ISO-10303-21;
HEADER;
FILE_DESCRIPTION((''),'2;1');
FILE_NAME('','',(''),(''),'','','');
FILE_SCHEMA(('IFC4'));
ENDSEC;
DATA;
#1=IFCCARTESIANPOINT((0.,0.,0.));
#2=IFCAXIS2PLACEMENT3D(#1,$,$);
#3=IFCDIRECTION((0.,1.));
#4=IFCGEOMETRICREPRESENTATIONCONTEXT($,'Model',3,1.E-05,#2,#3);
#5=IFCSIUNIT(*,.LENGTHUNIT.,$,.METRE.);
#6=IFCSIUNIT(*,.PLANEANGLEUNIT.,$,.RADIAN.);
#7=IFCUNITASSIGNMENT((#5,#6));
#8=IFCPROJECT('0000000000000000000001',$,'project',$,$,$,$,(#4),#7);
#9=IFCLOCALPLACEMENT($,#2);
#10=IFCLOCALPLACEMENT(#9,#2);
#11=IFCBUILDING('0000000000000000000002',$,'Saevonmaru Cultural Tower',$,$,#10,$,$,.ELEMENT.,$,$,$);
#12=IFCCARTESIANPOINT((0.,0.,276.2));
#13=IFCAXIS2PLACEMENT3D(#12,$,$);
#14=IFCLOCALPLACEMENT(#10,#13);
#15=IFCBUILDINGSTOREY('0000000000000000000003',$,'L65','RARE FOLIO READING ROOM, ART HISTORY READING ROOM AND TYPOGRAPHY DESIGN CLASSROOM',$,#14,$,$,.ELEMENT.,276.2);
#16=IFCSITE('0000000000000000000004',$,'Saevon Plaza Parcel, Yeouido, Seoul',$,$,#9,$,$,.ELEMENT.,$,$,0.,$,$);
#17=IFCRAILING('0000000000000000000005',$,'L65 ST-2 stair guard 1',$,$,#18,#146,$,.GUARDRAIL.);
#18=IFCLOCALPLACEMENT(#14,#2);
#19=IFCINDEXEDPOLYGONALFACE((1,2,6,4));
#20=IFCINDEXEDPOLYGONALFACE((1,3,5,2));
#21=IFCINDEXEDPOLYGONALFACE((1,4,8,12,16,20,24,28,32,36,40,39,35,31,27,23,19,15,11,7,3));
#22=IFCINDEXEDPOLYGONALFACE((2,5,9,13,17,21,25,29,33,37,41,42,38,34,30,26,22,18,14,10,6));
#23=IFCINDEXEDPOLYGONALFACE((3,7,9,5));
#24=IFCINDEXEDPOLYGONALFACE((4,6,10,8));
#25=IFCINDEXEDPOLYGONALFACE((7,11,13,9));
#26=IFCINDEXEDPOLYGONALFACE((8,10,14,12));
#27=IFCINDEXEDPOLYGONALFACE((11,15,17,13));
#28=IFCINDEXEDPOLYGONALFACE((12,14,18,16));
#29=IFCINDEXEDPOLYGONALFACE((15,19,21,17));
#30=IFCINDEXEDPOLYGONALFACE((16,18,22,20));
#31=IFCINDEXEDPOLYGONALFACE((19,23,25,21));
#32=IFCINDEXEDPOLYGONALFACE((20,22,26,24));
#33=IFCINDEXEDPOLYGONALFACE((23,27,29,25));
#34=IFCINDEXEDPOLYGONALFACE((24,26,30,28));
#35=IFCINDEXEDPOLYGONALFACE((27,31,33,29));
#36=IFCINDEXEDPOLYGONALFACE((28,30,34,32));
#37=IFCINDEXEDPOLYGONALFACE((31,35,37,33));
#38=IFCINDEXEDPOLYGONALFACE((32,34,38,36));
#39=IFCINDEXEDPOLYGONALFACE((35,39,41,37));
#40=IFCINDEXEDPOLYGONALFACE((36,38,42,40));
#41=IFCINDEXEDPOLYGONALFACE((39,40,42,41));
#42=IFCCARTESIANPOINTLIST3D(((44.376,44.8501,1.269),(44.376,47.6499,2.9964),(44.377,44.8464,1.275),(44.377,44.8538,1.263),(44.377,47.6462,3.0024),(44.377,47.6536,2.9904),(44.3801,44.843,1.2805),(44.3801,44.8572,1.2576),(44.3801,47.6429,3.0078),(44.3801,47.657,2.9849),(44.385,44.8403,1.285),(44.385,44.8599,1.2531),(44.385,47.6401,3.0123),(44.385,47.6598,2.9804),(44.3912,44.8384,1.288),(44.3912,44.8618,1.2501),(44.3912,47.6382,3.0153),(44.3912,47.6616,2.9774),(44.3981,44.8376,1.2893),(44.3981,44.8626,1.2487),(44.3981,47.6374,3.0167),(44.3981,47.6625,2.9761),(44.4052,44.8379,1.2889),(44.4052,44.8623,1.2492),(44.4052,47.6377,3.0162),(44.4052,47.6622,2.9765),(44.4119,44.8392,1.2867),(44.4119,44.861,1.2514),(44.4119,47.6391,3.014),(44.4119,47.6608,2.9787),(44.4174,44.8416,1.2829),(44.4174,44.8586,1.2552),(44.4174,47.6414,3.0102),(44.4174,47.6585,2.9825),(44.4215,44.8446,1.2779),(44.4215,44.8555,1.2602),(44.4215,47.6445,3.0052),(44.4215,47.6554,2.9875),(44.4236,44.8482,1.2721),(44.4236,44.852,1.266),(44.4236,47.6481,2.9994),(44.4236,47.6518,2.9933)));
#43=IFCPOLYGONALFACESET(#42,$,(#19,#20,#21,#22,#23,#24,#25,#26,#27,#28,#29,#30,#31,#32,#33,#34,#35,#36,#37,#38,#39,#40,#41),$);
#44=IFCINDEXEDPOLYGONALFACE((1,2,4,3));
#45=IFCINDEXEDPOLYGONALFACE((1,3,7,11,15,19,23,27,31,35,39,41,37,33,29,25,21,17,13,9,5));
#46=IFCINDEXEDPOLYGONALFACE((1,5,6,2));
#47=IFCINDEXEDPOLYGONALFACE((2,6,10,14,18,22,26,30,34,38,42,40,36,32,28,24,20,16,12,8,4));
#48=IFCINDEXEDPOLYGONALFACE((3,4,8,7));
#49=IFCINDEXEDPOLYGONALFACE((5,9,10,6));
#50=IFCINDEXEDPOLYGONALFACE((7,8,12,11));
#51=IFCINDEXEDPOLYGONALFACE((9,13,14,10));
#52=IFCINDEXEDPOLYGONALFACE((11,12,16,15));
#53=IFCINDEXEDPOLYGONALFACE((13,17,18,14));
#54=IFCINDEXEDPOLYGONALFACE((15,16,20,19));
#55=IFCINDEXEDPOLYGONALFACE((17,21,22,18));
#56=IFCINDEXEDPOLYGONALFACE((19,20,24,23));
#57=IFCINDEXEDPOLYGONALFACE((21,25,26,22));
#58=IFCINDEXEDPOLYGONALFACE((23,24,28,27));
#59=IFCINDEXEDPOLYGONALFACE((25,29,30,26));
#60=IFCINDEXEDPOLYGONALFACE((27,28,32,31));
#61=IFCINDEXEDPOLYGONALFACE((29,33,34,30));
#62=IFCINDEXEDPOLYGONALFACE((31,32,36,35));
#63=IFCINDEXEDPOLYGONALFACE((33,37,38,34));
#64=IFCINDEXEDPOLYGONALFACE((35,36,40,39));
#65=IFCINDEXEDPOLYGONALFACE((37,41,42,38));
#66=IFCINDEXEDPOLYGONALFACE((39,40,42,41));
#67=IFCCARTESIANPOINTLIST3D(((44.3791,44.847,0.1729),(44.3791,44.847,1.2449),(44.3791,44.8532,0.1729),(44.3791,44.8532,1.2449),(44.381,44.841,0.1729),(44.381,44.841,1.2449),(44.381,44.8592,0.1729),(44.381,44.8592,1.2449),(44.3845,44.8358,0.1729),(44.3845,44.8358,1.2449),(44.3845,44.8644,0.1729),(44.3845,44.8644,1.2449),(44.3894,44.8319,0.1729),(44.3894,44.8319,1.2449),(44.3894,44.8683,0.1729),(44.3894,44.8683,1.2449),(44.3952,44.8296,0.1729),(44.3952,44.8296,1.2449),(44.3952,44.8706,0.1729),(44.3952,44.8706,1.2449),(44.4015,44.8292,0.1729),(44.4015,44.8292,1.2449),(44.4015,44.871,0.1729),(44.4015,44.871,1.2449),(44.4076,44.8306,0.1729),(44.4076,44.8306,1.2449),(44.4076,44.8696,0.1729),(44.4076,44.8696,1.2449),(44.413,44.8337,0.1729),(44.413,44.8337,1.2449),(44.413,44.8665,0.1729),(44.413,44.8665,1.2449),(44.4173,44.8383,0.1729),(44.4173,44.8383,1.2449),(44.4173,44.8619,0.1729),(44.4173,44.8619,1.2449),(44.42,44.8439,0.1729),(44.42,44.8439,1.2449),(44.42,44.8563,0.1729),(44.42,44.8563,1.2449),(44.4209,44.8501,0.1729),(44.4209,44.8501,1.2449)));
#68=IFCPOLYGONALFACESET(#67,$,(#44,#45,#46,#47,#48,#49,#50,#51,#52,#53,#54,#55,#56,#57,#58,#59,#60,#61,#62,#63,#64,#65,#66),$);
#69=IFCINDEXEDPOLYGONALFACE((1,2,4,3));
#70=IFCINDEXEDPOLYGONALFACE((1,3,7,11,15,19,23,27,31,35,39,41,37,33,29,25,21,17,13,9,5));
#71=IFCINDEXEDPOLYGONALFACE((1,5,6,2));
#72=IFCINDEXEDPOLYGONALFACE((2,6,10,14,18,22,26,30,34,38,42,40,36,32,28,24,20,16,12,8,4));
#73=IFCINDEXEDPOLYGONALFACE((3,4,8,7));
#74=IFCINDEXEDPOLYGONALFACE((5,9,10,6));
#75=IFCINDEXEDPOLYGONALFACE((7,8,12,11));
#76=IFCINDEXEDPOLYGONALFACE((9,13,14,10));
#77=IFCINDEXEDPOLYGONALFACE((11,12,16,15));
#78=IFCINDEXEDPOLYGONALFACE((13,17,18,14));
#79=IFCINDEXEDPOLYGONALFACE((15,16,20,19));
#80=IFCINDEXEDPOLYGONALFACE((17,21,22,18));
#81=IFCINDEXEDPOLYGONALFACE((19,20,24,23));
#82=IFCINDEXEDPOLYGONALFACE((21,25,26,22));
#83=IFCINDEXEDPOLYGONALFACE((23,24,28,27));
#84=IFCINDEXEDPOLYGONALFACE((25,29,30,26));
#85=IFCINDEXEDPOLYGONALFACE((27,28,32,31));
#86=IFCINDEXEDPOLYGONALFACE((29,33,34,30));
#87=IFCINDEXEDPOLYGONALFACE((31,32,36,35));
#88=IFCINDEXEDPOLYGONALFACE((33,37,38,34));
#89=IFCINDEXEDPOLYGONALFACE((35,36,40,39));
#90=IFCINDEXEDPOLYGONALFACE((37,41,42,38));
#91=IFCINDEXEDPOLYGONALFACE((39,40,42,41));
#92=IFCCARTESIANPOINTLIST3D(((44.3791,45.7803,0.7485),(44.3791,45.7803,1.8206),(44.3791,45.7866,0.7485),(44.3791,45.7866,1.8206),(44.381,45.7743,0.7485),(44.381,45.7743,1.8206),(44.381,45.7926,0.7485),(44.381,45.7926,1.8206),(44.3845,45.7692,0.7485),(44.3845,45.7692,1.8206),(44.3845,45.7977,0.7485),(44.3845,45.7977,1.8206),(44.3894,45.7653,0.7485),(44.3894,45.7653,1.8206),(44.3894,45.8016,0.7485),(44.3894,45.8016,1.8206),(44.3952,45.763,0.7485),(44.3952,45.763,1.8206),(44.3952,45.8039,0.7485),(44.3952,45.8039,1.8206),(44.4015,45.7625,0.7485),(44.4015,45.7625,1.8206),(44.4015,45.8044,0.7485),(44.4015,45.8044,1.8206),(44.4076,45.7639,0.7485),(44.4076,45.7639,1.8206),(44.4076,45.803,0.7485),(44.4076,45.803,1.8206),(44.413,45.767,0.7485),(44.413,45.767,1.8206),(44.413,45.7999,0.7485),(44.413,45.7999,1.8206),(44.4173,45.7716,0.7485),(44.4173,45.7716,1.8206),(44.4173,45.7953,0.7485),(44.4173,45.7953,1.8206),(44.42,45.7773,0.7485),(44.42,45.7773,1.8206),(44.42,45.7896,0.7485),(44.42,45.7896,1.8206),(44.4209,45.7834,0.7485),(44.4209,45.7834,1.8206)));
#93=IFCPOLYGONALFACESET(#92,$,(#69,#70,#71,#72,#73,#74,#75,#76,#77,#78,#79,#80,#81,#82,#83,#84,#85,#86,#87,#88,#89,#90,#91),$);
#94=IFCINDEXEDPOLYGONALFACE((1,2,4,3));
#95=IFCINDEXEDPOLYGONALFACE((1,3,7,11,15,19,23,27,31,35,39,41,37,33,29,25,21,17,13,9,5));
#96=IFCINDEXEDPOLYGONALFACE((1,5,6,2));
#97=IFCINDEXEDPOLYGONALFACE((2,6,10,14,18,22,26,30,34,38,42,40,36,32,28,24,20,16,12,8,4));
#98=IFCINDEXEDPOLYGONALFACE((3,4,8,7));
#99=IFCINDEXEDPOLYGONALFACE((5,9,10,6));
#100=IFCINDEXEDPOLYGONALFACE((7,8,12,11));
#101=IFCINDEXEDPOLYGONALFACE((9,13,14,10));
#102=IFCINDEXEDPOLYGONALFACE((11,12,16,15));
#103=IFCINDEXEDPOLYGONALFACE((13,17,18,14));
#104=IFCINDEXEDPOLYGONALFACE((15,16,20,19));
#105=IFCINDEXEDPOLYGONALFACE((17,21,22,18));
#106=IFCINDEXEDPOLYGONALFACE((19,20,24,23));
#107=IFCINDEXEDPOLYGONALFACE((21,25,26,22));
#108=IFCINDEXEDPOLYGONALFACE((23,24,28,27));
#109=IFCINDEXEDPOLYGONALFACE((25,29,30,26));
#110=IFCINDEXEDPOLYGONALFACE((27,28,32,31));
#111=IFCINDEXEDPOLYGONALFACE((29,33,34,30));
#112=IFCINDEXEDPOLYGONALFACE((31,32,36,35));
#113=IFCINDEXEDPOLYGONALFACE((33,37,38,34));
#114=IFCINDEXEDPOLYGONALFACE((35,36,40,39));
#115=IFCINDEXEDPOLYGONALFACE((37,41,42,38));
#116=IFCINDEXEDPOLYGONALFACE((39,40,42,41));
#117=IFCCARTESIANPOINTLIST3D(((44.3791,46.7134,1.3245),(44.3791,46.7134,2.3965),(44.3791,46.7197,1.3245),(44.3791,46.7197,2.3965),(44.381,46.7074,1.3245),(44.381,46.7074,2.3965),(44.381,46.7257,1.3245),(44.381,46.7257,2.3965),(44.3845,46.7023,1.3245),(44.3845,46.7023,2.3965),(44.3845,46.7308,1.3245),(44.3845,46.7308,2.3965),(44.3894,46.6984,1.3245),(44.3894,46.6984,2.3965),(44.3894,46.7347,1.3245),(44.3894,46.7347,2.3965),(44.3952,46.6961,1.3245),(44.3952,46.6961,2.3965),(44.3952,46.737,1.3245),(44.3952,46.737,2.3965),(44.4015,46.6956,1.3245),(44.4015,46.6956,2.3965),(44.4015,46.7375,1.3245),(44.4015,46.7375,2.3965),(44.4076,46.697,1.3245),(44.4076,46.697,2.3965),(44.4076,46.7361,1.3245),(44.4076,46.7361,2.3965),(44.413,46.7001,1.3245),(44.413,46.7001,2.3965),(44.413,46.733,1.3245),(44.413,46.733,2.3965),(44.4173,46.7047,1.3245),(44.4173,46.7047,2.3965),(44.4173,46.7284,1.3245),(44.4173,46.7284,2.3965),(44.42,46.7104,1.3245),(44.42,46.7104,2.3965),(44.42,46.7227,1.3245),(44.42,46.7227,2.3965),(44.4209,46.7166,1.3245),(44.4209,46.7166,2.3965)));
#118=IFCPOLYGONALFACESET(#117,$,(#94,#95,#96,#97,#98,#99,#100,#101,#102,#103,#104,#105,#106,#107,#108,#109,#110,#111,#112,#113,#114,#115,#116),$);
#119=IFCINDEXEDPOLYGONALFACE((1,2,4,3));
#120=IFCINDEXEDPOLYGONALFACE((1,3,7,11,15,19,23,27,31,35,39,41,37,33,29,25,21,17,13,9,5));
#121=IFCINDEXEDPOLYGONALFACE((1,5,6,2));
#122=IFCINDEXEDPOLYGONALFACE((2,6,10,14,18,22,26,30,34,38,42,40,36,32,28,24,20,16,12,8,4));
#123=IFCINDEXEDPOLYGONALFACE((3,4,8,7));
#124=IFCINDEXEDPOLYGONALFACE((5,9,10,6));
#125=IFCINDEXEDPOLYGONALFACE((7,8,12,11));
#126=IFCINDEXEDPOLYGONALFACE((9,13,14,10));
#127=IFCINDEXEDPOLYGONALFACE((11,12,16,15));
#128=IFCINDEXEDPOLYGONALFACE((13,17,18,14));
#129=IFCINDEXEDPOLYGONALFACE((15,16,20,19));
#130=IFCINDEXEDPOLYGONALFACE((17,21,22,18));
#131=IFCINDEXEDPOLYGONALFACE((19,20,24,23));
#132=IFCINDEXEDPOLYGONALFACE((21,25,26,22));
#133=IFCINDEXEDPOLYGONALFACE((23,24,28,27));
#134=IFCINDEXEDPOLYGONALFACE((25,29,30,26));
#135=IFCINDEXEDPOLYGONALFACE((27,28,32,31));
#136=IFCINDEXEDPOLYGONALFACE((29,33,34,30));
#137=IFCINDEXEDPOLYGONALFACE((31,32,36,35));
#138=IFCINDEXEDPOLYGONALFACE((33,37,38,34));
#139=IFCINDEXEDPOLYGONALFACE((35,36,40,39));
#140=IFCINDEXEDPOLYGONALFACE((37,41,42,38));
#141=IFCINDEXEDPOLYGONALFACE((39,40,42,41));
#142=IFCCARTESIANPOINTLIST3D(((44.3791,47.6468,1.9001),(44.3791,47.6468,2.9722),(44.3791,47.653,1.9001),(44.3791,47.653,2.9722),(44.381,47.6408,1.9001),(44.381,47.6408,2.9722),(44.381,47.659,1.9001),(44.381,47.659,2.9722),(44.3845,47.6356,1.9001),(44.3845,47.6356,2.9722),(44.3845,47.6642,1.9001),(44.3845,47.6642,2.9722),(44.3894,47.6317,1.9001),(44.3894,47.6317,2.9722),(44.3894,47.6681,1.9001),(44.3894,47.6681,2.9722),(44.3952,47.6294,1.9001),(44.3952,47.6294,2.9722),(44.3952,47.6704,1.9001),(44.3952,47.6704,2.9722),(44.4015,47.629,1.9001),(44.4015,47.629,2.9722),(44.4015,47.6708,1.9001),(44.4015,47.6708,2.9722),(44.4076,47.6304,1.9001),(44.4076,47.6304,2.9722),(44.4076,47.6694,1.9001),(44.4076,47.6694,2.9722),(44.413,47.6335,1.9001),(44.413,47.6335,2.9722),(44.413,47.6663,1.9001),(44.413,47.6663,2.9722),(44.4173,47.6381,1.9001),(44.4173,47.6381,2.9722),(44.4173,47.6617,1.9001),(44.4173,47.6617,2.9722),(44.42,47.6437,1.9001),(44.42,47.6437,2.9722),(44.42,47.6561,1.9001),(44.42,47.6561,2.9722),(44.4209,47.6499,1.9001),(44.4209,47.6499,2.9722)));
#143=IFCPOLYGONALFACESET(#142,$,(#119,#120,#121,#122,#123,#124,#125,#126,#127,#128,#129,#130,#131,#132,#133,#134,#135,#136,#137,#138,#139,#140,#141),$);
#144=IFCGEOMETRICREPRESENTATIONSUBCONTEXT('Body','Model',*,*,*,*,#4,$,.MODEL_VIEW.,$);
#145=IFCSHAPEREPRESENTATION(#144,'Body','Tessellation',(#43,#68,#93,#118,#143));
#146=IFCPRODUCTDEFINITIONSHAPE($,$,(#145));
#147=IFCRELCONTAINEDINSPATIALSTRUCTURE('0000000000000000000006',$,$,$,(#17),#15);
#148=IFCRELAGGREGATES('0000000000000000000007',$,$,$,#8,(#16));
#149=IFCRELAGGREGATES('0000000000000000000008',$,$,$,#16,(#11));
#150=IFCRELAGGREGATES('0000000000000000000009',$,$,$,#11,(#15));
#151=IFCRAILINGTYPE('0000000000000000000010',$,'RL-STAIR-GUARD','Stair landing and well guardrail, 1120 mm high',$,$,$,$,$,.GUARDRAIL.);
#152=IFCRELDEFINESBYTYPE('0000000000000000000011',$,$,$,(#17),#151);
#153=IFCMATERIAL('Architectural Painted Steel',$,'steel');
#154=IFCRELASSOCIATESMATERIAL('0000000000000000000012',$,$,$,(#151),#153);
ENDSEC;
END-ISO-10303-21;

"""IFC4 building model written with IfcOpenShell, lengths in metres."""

from ifc_helpers import new_model, si_unit, direction, frame, origin, origin_2d, place, context, subcontext, project, spatial, circle, extrude, material, type_object, element, save


model = new_model("IFC4")

# Units and contexts
model_context = context("Model", 3, precision=1e-05, world=origin(), true_north=direction((0.0, 1.0)))
body_context = subcontext(model_context, "Body", "Model", "MODEL_VIEW")
ifc_project = project(units=[si_unit("LENGTHUNIT", "METRE"), si_unit("PLANEANGLEUNIT", "RADIAN")], contexts=[model_context])

# Site, building, storey
site_placement = place(None, origin())
site = spatial("IfcSite", under=ifc_project, at=site_placement, Name="Saevon Plaza Parcel, Yeouido, Seoul", CompositionType="ELEMENT", RefElevation=0.0)
building_placement = place(site_placement, origin())
building = spatial("IfcBuilding", under=site, at=building_placement, Name="Saevonmaru Cultural Tower", CompositionType="ELEMENT")
storey_placement = place(building_placement, frame((0.0, 0.0, 276.2)))
storey = spatial("IfcBuildingStorey", under=building, at=storey_placement, Name="L65", Description="RARE FOLIO READING ROOM, ART HISTORY READING ROOM AND TYPOGRAPHY DESIGN CLASSROOM", CompositionType="ELEMENT", Elevation=276.2)

# Railing
ifc_material_1 = material(Name="Architectural Painted Steel", Category="steel")
railing_type_1 = type_object("IfcRailingType", Name="RL-STAIR-GUARD", Description="Stair landing and well guardrail, 1120 mm high", PredefinedType="GUARDRAIL", material=ifc_material_1)
railing_1_placement = place(storey_placement, frame((44.3999, 44.8501, 0.1729)))
element("IfcRailing", 1, at=railing_1_placement, inside=storey, type_object=railing_type_1, Name="L65 ST-2 stair guard 1", PredefinedType="GUARDRAIL", context=body_context, shape_type="SweptSolid", body=[
    extrude(circle(Radius=0.0239, at=origin_2d()), frame((0.0, 0.0, 1.0962), z_axis=(0.0, 0.851069, 0.525054), x_axis=(-1.0, 0.0, 0.0)), (0.0, 0.0, 1.0), 3.2898),
    extrude(circle(Radius=0.021, at=origin_2d()), origin(), (0.0, 0.0, 1.0), 1.072),
    extrude(circle(Radius=0.021, at=origin_2d()), frame((0.0, 0.9333, 0.5757)), (0.0, 0.0, 1.0), 1.072),
    extrude(circle(Radius=0.021, at=origin_2d()), frame((0.0, 1.8665, 1.1516)), (0.0, 0.0, 1.0), 1.072),
    extrude(circle(Radius=0.021, at=origin_2d()), frame((0.0, 2.7998, 1.7273)), (0.0, 0.0, 1.0), 1.072),
])

save(model, "model.ifc")
